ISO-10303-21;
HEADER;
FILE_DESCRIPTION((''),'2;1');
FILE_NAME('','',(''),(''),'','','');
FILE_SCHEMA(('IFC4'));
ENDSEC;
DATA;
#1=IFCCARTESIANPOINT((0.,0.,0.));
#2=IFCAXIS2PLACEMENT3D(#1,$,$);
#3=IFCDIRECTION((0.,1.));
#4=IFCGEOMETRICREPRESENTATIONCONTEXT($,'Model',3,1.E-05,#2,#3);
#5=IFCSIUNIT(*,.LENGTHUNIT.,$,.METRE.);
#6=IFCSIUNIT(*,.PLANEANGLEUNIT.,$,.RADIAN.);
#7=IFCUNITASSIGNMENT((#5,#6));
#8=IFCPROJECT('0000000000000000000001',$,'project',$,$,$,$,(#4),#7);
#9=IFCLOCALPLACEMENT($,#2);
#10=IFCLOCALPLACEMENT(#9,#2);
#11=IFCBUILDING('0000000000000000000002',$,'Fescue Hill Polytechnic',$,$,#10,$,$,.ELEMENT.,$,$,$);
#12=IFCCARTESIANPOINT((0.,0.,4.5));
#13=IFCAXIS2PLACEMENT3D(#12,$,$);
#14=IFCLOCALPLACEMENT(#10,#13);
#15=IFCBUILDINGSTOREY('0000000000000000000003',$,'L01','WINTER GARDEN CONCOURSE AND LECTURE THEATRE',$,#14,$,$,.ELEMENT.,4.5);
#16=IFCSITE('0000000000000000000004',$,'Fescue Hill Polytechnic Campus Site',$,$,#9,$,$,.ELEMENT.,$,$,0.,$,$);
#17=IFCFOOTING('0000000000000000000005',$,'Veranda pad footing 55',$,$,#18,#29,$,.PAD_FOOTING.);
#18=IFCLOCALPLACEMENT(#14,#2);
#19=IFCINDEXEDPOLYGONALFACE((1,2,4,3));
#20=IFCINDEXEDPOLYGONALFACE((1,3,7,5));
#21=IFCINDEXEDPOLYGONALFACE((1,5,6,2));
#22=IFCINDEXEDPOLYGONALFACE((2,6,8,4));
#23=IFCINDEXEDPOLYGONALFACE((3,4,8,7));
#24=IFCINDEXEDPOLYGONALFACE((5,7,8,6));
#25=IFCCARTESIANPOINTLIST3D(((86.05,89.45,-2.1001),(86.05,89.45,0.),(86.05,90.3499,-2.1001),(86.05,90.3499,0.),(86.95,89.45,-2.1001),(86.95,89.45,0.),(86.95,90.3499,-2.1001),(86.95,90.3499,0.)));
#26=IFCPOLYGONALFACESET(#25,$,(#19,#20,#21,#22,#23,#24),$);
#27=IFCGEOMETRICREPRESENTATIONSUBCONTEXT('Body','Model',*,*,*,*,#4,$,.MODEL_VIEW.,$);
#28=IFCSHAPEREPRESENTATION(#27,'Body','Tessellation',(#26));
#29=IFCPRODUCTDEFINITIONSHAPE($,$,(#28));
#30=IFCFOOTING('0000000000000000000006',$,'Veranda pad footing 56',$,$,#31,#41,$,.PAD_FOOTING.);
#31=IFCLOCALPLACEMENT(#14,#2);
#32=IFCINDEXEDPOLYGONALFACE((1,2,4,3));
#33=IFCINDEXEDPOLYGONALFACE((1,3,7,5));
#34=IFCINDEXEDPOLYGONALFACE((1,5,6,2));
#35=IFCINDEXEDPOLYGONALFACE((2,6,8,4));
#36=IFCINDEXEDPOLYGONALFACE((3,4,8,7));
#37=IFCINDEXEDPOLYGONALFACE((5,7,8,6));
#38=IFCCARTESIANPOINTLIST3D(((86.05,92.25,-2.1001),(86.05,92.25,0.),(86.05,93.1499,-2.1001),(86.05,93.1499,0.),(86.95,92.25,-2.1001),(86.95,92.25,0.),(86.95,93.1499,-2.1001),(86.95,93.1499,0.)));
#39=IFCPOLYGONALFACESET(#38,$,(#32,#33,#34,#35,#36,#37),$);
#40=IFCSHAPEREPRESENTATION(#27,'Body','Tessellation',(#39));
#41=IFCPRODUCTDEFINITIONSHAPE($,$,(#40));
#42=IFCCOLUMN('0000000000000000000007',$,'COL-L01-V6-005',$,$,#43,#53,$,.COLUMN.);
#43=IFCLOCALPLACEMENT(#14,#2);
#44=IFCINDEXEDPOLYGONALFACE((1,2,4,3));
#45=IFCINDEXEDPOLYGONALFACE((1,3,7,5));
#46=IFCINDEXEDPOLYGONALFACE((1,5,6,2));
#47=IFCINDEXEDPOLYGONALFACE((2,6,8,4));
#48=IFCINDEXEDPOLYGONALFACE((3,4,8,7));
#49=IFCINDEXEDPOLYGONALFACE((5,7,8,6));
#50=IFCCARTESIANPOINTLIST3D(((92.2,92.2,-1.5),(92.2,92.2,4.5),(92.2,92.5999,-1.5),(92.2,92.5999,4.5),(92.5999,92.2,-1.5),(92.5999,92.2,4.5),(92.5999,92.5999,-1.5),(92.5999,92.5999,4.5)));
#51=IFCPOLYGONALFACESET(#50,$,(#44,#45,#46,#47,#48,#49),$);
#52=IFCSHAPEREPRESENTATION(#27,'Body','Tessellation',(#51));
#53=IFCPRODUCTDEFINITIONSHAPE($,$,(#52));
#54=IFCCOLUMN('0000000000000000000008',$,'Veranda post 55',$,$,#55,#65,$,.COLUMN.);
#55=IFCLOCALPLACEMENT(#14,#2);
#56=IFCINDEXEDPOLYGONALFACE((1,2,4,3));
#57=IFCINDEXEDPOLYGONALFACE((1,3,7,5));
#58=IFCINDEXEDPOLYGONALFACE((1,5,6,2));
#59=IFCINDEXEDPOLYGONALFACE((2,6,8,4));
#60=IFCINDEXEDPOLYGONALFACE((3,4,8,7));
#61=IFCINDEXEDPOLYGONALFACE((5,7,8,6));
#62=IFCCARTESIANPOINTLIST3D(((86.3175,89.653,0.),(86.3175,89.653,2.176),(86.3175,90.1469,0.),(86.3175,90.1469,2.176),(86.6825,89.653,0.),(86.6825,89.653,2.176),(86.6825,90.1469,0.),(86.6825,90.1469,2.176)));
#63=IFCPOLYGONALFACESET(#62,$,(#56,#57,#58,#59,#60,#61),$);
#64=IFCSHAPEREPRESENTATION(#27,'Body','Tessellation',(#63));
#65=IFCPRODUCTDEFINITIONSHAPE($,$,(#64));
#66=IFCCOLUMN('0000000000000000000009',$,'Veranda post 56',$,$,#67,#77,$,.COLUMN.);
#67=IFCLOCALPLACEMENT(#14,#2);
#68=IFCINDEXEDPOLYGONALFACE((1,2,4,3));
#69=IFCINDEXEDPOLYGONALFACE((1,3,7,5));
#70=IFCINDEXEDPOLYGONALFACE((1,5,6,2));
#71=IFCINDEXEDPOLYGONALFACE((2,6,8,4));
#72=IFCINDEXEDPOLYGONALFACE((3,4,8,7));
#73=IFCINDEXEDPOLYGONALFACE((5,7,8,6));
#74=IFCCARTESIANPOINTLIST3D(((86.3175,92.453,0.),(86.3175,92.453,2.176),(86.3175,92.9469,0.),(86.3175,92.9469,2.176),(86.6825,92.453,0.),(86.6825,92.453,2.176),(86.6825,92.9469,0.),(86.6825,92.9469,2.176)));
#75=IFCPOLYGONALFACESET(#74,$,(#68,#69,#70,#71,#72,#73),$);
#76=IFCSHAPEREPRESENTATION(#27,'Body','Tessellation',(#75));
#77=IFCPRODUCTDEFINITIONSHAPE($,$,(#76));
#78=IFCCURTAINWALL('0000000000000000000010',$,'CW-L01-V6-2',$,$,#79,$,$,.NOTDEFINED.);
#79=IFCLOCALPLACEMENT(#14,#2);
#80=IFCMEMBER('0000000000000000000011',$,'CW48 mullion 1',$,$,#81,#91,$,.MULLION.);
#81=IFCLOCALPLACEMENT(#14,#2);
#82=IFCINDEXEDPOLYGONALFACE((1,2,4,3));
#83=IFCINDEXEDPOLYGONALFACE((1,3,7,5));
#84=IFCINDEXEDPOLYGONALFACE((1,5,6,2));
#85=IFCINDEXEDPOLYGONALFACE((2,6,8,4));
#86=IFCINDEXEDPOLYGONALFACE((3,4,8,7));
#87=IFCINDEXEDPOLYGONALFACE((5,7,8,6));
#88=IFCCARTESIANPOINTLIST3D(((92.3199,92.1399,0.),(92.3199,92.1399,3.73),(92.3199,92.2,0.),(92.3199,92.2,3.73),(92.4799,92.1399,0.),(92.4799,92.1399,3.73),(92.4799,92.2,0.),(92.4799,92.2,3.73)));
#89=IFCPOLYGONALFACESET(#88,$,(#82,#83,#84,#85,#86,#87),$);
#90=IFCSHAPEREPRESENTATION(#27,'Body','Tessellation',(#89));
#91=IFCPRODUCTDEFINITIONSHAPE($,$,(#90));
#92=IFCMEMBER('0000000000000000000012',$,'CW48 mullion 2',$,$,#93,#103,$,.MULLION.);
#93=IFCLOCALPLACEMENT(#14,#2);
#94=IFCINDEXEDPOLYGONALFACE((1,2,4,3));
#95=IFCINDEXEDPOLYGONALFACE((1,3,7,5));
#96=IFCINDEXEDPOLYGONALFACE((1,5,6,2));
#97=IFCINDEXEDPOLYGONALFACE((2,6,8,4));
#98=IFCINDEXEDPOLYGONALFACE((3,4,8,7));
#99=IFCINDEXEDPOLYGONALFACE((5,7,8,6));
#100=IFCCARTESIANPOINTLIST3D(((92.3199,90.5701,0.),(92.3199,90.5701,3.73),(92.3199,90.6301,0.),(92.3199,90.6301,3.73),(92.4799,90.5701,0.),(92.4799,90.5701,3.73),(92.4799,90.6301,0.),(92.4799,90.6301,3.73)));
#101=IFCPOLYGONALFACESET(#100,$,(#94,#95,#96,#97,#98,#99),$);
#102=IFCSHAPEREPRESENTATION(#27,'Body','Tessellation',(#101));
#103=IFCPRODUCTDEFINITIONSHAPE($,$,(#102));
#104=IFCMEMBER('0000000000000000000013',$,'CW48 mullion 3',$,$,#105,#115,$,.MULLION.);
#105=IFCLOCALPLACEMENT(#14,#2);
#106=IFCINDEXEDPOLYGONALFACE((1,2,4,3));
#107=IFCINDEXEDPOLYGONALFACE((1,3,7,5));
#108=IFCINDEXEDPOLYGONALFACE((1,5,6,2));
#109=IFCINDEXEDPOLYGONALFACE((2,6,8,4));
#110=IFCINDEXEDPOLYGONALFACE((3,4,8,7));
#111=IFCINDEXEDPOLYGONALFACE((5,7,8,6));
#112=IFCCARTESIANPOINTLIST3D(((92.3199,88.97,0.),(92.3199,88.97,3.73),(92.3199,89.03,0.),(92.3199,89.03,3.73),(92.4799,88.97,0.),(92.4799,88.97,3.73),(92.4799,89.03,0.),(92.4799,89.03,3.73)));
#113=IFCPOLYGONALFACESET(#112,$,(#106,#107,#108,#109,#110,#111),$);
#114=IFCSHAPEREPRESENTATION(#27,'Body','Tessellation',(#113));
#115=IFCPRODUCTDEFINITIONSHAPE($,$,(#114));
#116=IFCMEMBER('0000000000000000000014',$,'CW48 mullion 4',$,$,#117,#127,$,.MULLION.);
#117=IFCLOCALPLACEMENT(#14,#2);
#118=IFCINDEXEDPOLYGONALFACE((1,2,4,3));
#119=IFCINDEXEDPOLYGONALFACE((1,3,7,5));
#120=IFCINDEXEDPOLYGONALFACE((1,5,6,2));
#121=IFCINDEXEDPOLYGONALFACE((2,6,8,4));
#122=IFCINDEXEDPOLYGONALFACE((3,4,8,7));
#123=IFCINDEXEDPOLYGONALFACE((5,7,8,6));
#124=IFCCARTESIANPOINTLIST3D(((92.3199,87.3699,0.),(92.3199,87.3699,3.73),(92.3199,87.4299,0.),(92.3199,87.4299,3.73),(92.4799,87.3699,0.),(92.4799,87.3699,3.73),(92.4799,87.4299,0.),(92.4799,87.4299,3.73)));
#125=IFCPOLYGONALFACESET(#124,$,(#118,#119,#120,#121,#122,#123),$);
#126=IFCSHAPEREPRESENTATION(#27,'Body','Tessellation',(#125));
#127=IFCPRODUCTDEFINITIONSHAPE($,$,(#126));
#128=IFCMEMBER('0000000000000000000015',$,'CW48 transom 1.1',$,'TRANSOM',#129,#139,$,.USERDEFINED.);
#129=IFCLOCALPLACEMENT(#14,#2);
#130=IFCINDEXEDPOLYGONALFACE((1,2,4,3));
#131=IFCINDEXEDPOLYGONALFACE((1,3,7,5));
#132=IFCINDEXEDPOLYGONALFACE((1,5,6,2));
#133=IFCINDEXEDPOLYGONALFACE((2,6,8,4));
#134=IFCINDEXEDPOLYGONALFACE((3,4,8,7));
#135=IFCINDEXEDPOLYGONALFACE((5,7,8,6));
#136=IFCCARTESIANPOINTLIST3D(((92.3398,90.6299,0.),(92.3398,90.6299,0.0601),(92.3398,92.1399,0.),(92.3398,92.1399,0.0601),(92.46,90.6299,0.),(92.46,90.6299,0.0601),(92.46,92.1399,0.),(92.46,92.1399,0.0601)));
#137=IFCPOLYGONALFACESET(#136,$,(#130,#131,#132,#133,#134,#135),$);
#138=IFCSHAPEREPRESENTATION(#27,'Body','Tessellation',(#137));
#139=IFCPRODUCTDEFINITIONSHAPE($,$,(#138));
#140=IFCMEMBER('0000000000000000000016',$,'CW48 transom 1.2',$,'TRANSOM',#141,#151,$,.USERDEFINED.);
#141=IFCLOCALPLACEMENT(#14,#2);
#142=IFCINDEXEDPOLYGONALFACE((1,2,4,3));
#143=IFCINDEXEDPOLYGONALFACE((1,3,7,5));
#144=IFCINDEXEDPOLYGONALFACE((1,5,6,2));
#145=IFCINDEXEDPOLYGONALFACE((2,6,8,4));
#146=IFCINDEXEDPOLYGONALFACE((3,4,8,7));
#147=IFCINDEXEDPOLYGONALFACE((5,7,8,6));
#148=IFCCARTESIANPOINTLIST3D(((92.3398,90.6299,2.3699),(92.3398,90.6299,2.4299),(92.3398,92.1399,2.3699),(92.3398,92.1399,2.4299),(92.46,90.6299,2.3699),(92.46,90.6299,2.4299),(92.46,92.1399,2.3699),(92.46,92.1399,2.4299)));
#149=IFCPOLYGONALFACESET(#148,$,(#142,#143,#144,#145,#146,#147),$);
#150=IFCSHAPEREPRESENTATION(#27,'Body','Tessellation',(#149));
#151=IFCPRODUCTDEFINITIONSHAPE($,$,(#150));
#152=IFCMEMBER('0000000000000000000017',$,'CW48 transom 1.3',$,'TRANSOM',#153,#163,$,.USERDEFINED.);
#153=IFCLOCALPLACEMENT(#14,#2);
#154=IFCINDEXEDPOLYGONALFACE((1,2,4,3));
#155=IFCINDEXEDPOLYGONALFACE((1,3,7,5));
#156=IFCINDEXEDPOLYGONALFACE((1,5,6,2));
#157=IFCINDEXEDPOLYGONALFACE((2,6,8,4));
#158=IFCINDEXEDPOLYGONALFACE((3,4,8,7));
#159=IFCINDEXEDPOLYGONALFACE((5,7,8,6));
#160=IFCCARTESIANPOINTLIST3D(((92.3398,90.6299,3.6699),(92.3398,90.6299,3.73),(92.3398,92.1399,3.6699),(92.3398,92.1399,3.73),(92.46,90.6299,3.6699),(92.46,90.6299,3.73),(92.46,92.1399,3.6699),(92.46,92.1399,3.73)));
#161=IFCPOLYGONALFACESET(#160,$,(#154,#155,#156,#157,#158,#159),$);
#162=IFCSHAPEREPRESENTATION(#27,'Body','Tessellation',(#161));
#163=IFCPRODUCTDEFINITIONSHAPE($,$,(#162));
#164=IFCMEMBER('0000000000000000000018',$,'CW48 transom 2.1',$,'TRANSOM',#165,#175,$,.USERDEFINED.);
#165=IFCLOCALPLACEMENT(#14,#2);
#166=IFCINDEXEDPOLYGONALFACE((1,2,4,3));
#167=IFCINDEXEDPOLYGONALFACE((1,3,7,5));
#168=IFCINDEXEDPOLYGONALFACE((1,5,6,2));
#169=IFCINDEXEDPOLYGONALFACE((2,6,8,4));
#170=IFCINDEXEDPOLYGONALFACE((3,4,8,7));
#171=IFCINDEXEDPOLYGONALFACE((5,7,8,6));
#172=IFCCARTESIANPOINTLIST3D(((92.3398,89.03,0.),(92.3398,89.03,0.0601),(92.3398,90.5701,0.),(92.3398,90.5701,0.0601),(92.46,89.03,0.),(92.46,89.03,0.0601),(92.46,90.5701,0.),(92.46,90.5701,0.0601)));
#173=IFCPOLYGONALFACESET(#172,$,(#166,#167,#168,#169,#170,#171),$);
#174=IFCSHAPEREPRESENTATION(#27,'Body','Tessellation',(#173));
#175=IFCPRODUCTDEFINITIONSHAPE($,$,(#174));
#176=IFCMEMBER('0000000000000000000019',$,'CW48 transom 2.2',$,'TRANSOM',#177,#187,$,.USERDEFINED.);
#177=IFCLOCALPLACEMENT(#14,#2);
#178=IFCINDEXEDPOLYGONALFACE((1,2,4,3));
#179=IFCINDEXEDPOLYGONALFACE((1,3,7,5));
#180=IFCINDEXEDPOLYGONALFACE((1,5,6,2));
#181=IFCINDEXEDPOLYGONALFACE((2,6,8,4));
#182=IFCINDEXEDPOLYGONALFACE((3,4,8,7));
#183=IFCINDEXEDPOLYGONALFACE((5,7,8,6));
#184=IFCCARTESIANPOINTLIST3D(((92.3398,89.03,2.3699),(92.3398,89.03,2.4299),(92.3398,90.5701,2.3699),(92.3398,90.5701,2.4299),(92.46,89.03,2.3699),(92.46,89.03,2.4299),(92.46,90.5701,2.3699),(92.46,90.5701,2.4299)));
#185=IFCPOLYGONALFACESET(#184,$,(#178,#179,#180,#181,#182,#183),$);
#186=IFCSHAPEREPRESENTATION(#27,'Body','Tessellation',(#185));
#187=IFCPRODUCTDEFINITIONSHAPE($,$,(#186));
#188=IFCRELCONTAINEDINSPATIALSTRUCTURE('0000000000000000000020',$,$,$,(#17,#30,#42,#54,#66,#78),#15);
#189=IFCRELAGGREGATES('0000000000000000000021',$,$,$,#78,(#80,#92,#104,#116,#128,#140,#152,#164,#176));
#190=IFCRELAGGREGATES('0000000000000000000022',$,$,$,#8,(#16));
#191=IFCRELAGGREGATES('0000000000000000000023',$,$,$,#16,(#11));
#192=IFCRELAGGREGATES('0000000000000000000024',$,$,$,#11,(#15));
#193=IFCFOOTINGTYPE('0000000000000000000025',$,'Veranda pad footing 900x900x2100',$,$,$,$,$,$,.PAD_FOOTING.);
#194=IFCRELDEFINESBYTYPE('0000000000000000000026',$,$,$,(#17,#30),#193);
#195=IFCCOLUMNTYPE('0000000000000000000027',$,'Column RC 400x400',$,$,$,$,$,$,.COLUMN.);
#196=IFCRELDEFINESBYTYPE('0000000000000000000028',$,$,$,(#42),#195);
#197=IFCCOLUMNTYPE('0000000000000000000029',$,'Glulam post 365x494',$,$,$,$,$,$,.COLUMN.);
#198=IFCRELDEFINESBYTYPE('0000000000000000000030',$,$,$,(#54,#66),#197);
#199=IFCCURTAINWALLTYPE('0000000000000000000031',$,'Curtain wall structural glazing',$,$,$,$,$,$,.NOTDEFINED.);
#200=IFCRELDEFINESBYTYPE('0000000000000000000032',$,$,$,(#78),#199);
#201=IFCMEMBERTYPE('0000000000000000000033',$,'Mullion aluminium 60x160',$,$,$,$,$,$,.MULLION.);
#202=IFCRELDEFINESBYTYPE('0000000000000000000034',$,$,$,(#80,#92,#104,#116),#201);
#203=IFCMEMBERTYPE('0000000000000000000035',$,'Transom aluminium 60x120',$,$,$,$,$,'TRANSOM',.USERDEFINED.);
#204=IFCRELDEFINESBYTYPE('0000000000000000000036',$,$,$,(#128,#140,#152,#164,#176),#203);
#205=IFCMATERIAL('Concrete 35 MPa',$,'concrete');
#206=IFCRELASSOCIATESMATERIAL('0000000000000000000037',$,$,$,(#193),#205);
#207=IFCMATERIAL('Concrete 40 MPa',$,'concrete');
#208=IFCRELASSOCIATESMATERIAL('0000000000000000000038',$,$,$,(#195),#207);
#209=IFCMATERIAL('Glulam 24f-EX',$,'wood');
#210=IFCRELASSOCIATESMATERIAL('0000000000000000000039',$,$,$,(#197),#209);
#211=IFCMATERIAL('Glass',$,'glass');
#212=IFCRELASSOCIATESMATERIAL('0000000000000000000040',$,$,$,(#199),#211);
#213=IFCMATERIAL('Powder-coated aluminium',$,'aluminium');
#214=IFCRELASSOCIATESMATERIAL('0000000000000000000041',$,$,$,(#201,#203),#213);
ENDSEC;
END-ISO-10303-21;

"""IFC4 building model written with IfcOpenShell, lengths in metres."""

from ifc_helpers import new_model, si_unit, direction, frame, origin, origin_2d, place, context, subcontext, project, spatial, rectangle, extrude, material, material_profile, profile_set, type_object, element, aggregate, save


model = new_model("IFC4")

# Units and contexts
model_context = context("Model", 3, precision=1e-05, world=origin(), true_north=direction((0.0, 1.0)))
body_context = subcontext(model_context, "Body", "Model", "MODEL_VIEW")
ifc_project = project(units=[si_unit("LENGTHUNIT", "METRE"), si_unit("PLANEANGLEUNIT", "RADIAN")], contexts=[model_context])

# Site, building, storey
site_placement = place(None, origin())
site = spatial("IfcSite", under=ifc_project, at=site_placement, Name="Fescue Hill Polytechnic Campus Site", CompositionType="ELEMENT", RefElevation=0.0)
building_placement = place(site_placement, origin())
building = spatial("IfcBuilding", under=site, at=building_placement, Name="Fescue Hill Polytechnic", CompositionType="ELEMENT")
storey_placement = place(building_placement, frame((0.0, 0.0, 4.5)))
storey = spatial("IfcBuildingStorey", under=building, at=storey_placement, Name="L01", Description="WINTER GARDEN CONCOURSE AND LECTURE THEATRE", CompositionType="ELEMENT", Elevation=4.5)

# Footings
ifc_material_1 = material(Name="Concrete 35 MPa", Category="concrete")
footing_type = type_object("IfcFootingType", Name="Veranda pad footing 900x900x2100", PredefinedType="PAD_FOOTING", material=ifc_material_1)
for number, where, z_axis, x_axis, name in (
    (1, (86.5, 89.8999, -2.1001), (0.0, 0.0, 1.0), (1.0, 0.0, 0.0), "Veranda pad footing 55"),
    (2, (86.5, 92.7, -2.1001), (0.0, 0.0, 1.0), (1.0, 0.0, 0.0), "Veranda pad footing 56"),
):
    element("IfcFooting", number, at=place(storey_placement, frame(where, z_axis=z_axis, x_axis=x_axis)), inside=storey, type_object=footing_type, Name=name, PredefinedType="PAD_FOOTING", context=body_context, shape_type="SweptSolid", body=[
        extrude(rectangle(XDim=0.8999, YDim=0.8999, at=origin_2d()), origin(), (0.0, 0.0, 1.0), 2.1001),
    ])

# Columns
ifc_material_2 = material(Name="Concrete 40 MPa", Category="concrete")
ifc_material_profile_1 = material_profile(ifc_material_2, rectangle(XDim=0.3999, YDim=0.3999, at=origin_2d()), Name="RC 400x400")
ifc_profile_set_1 = profile_set([ifc_material_profile_1], Name="Concrete 40 MPa")
column_type_1 = type_object("IfcColumnType", Name="Column RC 400x400", PredefinedType="COLUMN", material=ifc_profile_set_1)
column_placement = place(storey_placement, frame((92.3999, 92.3999, -1.5), z_axis=(0.0, 0.0, 1.0), x_axis=(1.0, 0.0, 0.0)))
element("IfcColumn", 3, at=column_placement, inside=storey, type_object=column_type_1, Name="COL-L01-V6-005", PredefinedType="COLUMN", context=body_context, shape_type="SweptSolid", body=[
    extrude(rectangle(XDim=0.3999, YDim=0.3999, at=origin_2d()), origin(), (0.0, 0.0, 1.0), 6.0),
])
ifc_material_3 = material(Name="Glulam 24f-EX", Category="wood")
ifc_material_profile_2 = material_profile(ifc_material_3, rectangle(XDim=0.365, YDim=0.4939, at=origin_2d()), Name="Glulam post 365x494")
ifc_profile_set_2 = profile_set([ifc_material_profile_2], Name="Glulam 24f-EX")
column_type_2 = type_object("IfcColumnType", Name="Glulam post 365x494", PredefinedType="COLUMN", material=ifc_profile_set_2)
for number, where, z_axis, x_axis, name in (
    (4, (86.5, 89.8999, 0.0), (0.0, 0.0, 1.0), (1.0, 0.0, 0.0), "Veranda post 55"),
    (5, (86.5, 92.7, 0.0), (0.0, 0.0, 1.0), (1.0, 0.0, 0.0), "Veranda post 56"),
):
    element("IfcColumn", number, at=place(storey_placement, frame(where, z_axis=z_axis, x_axis=x_axis)), inside=storey, type_object=column_type_2, Name=name, PredefinedType="COLUMN", context=body_context, shape_type="SweptSolid", body=[
        extrude(rectangle(XDim=0.365, YDim=0.4939, at=origin_2d()), origin(), (0.0, 0.0, 1.0), 2.176),
    ])

# Curtain wall, members
ifc_material_4 = material(Name="Glass", Category="glass")
curtain_wall_type = type_object("IfcCurtainWallType", Name="Curtain wall structural glazing", PredefinedType="NOTDEFINED", material=ifc_material_4)
curtain_wall_placement = place(storey_placement, origin())
curtain_wall = element("IfcCurtainWall", 6, at=curtain_wall_placement, inside=storey, type_object=curtain_wall_type, Name="CW-L01-V6-2", PredefinedType="NOTDEFINED")
ifc_material_5 = material(Name="Powder-coated aluminium", Category="aluminium")
ifc_material_profile_3 = material_profile(ifc_material_5, rectangle(XDim=0.1599, YDim=0.0601, at=origin_2d()), Name="Mullion aluminium 60x160")
ifc_profile_set_3 = profile_set([ifc_material_profile_3], Name="Powder-coated aluminium")
member_type_1 = type_object("IfcMemberType", Name="Mullion aluminium 60x160", PredefinedType="MULLION", material=ifc_profile_set_3)
member_1_placement = place(storey_placement, frame((92.3999, 92.1699, 0.0), z_axis=(0.0, 0.0, 1.0), x_axis=(1.0, 0.0, 0.0)))
member_1 = element("IfcMember", 7, at=member_1_placement, type_object=member_type_1, Name="CW48 mullion 1", PredefinedType="MULLION", context=body_context, shape_type="SweptSolid", body=[
    extrude(rectangle(XDim=0.1599, YDim=0.0601, at=origin_2d()), origin(), (0.0, 0.0, 1.0), 3.73),
])
member_2_placement = place(storey_placement, frame((92.3999, 90.6001, 0.0), z_axis=(0.0, 0.0, 1.0), x_axis=(1.0, 0.0, 0.0)))
member_2 = element("IfcMember", 8, at=member_2_placement, type_object=member_type_1, Name="CW48 mullion 2", PredefinedType="MULLION", context=body_context, shape_type="SweptSolid", body=[
    extrude(rectangle(XDim=0.1599, YDim=0.0601, at=origin_2d()), origin(), (0.0, 0.0, 1.0), 3.73),
])
member_3_placement = place(storey_placement, frame((92.3999, 89.0, 0.0), z_axis=(0.0, 0.0, 1.0), x_axis=(1.0, 0.0, 0.0)))
member_3 = element("IfcMember", 9, at=member_3_placement, type_object=member_type_1, Name="CW48 mullion 3", PredefinedType="MULLION", context=body_context, shape_type="SweptSolid", body=[
    extrude(rectangle(XDim=0.1599, YDim=0.0601, at=origin_2d()), origin(), (0.0, 0.0, 1.0), 3.73),
])
member_4_placement = place(storey_placement, frame((92.3999, 87.3999, 0.0), z_axis=(0.0, 0.0, 1.0), x_axis=(1.0, 0.0, 0.0)))
member_4 = element("IfcMember", 10, at=member_4_placement, type_object=member_type_1, Name="CW48 mullion 4", PredefinedType="MULLION", context=body_context, shape_type="SweptSolid", body=[
    extrude(rectangle(XDim=0.1599, YDim=0.0601, at=origin_2d()), origin(), (0.0, 0.0, 1.0), 3.73),
])
ifc_material_profile_4 = material_profile(ifc_material_5, rectangle(XDim=0.1201, YDim=0.0601, at=origin_2d()), Name="Transom aluminium 60x120")
ifc_profile_set_4 = profile_set([ifc_material_profile_4], Name="Powder-coated aluminium")
member_type_2 = type_object("IfcMemberType", Name="Transom aluminium 60x120", ElementType="TRANSOM", PredefinedType="USERDEFINED", material=ifc_profile_set_4)
member_5_placement = place(storey_placement, frame((92.3999, 92.1399, 0.03), z_axis=(0.0, -1.0, 0.0), x_axis=(1.0, 0.0, 0.0)))
member_5 = element("IfcMember", 11, at=member_5_placement, type_object=member_type_2, Name="CW48 transom 1.1", ObjectType="TRANSOM", PredefinedType="USERDEFINED", context=body_context, shape_type="SweptSolid", body=[
    extrude(rectangle(XDim=0.1201, YDim=0.0601, at=origin_2d()), origin(), (0.0, 0.0, 1.0), 1.51),
])
member_6_placement = place(storey_placement, frame((92.3999, 92.1399, 2.3999), z_axis=(0.0, -1.0, 0.0), x_axis=(1.0, 0.0, 0.0)))
member_6 = element("IfcMember", 12, at=member_6_placement, type_object=member_type_2, Name="CW48 transom 1.2", ObjectType="TRANSOM", PredefinedType="USERDEFINED", context=body_context, shape_type="SweptSolid", body=[
    extrude(rectangle(XDim=0.1201, YDim=0.0601, at=origin_2d()), origin(), (0.0, 0.0, 1.0), 1.51),
])
member_7_placement = place(storey_placement, frame((92.3999, 92.1399, 3.7), z_axis=(0.0, -1.0, 0.0), x_axis=(1.0, 0.0, 0.0)))
member_7 = element("IfcMember", 13, at=member_7_placement, type_object=member_type_2, Name="CW48 transom 1.3", ObjectType="TRANSOM", PredefinedType="USERDEFINED", context=body_context, shape_type="SweptSolid", body=[
    extrude(rectangle(XDim=0.1201, YDim=0.0601, at=origin_2d()), origin(), (0.0, 0.0, 1.0), 1.51),
])
member_8_placement = place(storey_placement, frame((92.3999, 90.5701, 0.03), z_axis=(0.0, -1.0, 0.0), x_axis=(1.0, 0.0, 0.0)))
member_8 = element("IfcMember", 14, at=member_8_placement, type_object=member_type_2, Name="CW48 transom 2.1", ObjectType="TRANSOM", PredefinedType="USERDEFINED", context=body_context, shape_type="SweptSolid", body=[
    extrude(rectangle(XDim=0.1201, YDim=0.0601, at=origin_2d()), origin(), (0.0, 0.0, 1.0), 1.54),
])
member_9_placement = place(storey_placement, frame((92.3999, 90.5701, 2.3999), z_axis=(0.0, -1.0, 0.0), x_axis=(1.0, 0.0, 0.0)))
member_9 = element("IfcMember", 15, at=member_9_placement, type_object=member_type_2, Name="CW48 transom 2.2", ObjectType="TRANSOM", PredefinedType="USERDEFINED", context=body_context, shape_type="SweptSolid", body=[
    extrude(rectangle(XDim=0.1201, YDim=0.0601, at=origin_2d()), origin(), (0.0, 0.0, 1.0), 1.54),
])

aggregate(curtain_wall, [member_1, member_2, member_3, member_4, member_5, member_6, member_7, member_8, member_9])

save(model, "model.ifc")
